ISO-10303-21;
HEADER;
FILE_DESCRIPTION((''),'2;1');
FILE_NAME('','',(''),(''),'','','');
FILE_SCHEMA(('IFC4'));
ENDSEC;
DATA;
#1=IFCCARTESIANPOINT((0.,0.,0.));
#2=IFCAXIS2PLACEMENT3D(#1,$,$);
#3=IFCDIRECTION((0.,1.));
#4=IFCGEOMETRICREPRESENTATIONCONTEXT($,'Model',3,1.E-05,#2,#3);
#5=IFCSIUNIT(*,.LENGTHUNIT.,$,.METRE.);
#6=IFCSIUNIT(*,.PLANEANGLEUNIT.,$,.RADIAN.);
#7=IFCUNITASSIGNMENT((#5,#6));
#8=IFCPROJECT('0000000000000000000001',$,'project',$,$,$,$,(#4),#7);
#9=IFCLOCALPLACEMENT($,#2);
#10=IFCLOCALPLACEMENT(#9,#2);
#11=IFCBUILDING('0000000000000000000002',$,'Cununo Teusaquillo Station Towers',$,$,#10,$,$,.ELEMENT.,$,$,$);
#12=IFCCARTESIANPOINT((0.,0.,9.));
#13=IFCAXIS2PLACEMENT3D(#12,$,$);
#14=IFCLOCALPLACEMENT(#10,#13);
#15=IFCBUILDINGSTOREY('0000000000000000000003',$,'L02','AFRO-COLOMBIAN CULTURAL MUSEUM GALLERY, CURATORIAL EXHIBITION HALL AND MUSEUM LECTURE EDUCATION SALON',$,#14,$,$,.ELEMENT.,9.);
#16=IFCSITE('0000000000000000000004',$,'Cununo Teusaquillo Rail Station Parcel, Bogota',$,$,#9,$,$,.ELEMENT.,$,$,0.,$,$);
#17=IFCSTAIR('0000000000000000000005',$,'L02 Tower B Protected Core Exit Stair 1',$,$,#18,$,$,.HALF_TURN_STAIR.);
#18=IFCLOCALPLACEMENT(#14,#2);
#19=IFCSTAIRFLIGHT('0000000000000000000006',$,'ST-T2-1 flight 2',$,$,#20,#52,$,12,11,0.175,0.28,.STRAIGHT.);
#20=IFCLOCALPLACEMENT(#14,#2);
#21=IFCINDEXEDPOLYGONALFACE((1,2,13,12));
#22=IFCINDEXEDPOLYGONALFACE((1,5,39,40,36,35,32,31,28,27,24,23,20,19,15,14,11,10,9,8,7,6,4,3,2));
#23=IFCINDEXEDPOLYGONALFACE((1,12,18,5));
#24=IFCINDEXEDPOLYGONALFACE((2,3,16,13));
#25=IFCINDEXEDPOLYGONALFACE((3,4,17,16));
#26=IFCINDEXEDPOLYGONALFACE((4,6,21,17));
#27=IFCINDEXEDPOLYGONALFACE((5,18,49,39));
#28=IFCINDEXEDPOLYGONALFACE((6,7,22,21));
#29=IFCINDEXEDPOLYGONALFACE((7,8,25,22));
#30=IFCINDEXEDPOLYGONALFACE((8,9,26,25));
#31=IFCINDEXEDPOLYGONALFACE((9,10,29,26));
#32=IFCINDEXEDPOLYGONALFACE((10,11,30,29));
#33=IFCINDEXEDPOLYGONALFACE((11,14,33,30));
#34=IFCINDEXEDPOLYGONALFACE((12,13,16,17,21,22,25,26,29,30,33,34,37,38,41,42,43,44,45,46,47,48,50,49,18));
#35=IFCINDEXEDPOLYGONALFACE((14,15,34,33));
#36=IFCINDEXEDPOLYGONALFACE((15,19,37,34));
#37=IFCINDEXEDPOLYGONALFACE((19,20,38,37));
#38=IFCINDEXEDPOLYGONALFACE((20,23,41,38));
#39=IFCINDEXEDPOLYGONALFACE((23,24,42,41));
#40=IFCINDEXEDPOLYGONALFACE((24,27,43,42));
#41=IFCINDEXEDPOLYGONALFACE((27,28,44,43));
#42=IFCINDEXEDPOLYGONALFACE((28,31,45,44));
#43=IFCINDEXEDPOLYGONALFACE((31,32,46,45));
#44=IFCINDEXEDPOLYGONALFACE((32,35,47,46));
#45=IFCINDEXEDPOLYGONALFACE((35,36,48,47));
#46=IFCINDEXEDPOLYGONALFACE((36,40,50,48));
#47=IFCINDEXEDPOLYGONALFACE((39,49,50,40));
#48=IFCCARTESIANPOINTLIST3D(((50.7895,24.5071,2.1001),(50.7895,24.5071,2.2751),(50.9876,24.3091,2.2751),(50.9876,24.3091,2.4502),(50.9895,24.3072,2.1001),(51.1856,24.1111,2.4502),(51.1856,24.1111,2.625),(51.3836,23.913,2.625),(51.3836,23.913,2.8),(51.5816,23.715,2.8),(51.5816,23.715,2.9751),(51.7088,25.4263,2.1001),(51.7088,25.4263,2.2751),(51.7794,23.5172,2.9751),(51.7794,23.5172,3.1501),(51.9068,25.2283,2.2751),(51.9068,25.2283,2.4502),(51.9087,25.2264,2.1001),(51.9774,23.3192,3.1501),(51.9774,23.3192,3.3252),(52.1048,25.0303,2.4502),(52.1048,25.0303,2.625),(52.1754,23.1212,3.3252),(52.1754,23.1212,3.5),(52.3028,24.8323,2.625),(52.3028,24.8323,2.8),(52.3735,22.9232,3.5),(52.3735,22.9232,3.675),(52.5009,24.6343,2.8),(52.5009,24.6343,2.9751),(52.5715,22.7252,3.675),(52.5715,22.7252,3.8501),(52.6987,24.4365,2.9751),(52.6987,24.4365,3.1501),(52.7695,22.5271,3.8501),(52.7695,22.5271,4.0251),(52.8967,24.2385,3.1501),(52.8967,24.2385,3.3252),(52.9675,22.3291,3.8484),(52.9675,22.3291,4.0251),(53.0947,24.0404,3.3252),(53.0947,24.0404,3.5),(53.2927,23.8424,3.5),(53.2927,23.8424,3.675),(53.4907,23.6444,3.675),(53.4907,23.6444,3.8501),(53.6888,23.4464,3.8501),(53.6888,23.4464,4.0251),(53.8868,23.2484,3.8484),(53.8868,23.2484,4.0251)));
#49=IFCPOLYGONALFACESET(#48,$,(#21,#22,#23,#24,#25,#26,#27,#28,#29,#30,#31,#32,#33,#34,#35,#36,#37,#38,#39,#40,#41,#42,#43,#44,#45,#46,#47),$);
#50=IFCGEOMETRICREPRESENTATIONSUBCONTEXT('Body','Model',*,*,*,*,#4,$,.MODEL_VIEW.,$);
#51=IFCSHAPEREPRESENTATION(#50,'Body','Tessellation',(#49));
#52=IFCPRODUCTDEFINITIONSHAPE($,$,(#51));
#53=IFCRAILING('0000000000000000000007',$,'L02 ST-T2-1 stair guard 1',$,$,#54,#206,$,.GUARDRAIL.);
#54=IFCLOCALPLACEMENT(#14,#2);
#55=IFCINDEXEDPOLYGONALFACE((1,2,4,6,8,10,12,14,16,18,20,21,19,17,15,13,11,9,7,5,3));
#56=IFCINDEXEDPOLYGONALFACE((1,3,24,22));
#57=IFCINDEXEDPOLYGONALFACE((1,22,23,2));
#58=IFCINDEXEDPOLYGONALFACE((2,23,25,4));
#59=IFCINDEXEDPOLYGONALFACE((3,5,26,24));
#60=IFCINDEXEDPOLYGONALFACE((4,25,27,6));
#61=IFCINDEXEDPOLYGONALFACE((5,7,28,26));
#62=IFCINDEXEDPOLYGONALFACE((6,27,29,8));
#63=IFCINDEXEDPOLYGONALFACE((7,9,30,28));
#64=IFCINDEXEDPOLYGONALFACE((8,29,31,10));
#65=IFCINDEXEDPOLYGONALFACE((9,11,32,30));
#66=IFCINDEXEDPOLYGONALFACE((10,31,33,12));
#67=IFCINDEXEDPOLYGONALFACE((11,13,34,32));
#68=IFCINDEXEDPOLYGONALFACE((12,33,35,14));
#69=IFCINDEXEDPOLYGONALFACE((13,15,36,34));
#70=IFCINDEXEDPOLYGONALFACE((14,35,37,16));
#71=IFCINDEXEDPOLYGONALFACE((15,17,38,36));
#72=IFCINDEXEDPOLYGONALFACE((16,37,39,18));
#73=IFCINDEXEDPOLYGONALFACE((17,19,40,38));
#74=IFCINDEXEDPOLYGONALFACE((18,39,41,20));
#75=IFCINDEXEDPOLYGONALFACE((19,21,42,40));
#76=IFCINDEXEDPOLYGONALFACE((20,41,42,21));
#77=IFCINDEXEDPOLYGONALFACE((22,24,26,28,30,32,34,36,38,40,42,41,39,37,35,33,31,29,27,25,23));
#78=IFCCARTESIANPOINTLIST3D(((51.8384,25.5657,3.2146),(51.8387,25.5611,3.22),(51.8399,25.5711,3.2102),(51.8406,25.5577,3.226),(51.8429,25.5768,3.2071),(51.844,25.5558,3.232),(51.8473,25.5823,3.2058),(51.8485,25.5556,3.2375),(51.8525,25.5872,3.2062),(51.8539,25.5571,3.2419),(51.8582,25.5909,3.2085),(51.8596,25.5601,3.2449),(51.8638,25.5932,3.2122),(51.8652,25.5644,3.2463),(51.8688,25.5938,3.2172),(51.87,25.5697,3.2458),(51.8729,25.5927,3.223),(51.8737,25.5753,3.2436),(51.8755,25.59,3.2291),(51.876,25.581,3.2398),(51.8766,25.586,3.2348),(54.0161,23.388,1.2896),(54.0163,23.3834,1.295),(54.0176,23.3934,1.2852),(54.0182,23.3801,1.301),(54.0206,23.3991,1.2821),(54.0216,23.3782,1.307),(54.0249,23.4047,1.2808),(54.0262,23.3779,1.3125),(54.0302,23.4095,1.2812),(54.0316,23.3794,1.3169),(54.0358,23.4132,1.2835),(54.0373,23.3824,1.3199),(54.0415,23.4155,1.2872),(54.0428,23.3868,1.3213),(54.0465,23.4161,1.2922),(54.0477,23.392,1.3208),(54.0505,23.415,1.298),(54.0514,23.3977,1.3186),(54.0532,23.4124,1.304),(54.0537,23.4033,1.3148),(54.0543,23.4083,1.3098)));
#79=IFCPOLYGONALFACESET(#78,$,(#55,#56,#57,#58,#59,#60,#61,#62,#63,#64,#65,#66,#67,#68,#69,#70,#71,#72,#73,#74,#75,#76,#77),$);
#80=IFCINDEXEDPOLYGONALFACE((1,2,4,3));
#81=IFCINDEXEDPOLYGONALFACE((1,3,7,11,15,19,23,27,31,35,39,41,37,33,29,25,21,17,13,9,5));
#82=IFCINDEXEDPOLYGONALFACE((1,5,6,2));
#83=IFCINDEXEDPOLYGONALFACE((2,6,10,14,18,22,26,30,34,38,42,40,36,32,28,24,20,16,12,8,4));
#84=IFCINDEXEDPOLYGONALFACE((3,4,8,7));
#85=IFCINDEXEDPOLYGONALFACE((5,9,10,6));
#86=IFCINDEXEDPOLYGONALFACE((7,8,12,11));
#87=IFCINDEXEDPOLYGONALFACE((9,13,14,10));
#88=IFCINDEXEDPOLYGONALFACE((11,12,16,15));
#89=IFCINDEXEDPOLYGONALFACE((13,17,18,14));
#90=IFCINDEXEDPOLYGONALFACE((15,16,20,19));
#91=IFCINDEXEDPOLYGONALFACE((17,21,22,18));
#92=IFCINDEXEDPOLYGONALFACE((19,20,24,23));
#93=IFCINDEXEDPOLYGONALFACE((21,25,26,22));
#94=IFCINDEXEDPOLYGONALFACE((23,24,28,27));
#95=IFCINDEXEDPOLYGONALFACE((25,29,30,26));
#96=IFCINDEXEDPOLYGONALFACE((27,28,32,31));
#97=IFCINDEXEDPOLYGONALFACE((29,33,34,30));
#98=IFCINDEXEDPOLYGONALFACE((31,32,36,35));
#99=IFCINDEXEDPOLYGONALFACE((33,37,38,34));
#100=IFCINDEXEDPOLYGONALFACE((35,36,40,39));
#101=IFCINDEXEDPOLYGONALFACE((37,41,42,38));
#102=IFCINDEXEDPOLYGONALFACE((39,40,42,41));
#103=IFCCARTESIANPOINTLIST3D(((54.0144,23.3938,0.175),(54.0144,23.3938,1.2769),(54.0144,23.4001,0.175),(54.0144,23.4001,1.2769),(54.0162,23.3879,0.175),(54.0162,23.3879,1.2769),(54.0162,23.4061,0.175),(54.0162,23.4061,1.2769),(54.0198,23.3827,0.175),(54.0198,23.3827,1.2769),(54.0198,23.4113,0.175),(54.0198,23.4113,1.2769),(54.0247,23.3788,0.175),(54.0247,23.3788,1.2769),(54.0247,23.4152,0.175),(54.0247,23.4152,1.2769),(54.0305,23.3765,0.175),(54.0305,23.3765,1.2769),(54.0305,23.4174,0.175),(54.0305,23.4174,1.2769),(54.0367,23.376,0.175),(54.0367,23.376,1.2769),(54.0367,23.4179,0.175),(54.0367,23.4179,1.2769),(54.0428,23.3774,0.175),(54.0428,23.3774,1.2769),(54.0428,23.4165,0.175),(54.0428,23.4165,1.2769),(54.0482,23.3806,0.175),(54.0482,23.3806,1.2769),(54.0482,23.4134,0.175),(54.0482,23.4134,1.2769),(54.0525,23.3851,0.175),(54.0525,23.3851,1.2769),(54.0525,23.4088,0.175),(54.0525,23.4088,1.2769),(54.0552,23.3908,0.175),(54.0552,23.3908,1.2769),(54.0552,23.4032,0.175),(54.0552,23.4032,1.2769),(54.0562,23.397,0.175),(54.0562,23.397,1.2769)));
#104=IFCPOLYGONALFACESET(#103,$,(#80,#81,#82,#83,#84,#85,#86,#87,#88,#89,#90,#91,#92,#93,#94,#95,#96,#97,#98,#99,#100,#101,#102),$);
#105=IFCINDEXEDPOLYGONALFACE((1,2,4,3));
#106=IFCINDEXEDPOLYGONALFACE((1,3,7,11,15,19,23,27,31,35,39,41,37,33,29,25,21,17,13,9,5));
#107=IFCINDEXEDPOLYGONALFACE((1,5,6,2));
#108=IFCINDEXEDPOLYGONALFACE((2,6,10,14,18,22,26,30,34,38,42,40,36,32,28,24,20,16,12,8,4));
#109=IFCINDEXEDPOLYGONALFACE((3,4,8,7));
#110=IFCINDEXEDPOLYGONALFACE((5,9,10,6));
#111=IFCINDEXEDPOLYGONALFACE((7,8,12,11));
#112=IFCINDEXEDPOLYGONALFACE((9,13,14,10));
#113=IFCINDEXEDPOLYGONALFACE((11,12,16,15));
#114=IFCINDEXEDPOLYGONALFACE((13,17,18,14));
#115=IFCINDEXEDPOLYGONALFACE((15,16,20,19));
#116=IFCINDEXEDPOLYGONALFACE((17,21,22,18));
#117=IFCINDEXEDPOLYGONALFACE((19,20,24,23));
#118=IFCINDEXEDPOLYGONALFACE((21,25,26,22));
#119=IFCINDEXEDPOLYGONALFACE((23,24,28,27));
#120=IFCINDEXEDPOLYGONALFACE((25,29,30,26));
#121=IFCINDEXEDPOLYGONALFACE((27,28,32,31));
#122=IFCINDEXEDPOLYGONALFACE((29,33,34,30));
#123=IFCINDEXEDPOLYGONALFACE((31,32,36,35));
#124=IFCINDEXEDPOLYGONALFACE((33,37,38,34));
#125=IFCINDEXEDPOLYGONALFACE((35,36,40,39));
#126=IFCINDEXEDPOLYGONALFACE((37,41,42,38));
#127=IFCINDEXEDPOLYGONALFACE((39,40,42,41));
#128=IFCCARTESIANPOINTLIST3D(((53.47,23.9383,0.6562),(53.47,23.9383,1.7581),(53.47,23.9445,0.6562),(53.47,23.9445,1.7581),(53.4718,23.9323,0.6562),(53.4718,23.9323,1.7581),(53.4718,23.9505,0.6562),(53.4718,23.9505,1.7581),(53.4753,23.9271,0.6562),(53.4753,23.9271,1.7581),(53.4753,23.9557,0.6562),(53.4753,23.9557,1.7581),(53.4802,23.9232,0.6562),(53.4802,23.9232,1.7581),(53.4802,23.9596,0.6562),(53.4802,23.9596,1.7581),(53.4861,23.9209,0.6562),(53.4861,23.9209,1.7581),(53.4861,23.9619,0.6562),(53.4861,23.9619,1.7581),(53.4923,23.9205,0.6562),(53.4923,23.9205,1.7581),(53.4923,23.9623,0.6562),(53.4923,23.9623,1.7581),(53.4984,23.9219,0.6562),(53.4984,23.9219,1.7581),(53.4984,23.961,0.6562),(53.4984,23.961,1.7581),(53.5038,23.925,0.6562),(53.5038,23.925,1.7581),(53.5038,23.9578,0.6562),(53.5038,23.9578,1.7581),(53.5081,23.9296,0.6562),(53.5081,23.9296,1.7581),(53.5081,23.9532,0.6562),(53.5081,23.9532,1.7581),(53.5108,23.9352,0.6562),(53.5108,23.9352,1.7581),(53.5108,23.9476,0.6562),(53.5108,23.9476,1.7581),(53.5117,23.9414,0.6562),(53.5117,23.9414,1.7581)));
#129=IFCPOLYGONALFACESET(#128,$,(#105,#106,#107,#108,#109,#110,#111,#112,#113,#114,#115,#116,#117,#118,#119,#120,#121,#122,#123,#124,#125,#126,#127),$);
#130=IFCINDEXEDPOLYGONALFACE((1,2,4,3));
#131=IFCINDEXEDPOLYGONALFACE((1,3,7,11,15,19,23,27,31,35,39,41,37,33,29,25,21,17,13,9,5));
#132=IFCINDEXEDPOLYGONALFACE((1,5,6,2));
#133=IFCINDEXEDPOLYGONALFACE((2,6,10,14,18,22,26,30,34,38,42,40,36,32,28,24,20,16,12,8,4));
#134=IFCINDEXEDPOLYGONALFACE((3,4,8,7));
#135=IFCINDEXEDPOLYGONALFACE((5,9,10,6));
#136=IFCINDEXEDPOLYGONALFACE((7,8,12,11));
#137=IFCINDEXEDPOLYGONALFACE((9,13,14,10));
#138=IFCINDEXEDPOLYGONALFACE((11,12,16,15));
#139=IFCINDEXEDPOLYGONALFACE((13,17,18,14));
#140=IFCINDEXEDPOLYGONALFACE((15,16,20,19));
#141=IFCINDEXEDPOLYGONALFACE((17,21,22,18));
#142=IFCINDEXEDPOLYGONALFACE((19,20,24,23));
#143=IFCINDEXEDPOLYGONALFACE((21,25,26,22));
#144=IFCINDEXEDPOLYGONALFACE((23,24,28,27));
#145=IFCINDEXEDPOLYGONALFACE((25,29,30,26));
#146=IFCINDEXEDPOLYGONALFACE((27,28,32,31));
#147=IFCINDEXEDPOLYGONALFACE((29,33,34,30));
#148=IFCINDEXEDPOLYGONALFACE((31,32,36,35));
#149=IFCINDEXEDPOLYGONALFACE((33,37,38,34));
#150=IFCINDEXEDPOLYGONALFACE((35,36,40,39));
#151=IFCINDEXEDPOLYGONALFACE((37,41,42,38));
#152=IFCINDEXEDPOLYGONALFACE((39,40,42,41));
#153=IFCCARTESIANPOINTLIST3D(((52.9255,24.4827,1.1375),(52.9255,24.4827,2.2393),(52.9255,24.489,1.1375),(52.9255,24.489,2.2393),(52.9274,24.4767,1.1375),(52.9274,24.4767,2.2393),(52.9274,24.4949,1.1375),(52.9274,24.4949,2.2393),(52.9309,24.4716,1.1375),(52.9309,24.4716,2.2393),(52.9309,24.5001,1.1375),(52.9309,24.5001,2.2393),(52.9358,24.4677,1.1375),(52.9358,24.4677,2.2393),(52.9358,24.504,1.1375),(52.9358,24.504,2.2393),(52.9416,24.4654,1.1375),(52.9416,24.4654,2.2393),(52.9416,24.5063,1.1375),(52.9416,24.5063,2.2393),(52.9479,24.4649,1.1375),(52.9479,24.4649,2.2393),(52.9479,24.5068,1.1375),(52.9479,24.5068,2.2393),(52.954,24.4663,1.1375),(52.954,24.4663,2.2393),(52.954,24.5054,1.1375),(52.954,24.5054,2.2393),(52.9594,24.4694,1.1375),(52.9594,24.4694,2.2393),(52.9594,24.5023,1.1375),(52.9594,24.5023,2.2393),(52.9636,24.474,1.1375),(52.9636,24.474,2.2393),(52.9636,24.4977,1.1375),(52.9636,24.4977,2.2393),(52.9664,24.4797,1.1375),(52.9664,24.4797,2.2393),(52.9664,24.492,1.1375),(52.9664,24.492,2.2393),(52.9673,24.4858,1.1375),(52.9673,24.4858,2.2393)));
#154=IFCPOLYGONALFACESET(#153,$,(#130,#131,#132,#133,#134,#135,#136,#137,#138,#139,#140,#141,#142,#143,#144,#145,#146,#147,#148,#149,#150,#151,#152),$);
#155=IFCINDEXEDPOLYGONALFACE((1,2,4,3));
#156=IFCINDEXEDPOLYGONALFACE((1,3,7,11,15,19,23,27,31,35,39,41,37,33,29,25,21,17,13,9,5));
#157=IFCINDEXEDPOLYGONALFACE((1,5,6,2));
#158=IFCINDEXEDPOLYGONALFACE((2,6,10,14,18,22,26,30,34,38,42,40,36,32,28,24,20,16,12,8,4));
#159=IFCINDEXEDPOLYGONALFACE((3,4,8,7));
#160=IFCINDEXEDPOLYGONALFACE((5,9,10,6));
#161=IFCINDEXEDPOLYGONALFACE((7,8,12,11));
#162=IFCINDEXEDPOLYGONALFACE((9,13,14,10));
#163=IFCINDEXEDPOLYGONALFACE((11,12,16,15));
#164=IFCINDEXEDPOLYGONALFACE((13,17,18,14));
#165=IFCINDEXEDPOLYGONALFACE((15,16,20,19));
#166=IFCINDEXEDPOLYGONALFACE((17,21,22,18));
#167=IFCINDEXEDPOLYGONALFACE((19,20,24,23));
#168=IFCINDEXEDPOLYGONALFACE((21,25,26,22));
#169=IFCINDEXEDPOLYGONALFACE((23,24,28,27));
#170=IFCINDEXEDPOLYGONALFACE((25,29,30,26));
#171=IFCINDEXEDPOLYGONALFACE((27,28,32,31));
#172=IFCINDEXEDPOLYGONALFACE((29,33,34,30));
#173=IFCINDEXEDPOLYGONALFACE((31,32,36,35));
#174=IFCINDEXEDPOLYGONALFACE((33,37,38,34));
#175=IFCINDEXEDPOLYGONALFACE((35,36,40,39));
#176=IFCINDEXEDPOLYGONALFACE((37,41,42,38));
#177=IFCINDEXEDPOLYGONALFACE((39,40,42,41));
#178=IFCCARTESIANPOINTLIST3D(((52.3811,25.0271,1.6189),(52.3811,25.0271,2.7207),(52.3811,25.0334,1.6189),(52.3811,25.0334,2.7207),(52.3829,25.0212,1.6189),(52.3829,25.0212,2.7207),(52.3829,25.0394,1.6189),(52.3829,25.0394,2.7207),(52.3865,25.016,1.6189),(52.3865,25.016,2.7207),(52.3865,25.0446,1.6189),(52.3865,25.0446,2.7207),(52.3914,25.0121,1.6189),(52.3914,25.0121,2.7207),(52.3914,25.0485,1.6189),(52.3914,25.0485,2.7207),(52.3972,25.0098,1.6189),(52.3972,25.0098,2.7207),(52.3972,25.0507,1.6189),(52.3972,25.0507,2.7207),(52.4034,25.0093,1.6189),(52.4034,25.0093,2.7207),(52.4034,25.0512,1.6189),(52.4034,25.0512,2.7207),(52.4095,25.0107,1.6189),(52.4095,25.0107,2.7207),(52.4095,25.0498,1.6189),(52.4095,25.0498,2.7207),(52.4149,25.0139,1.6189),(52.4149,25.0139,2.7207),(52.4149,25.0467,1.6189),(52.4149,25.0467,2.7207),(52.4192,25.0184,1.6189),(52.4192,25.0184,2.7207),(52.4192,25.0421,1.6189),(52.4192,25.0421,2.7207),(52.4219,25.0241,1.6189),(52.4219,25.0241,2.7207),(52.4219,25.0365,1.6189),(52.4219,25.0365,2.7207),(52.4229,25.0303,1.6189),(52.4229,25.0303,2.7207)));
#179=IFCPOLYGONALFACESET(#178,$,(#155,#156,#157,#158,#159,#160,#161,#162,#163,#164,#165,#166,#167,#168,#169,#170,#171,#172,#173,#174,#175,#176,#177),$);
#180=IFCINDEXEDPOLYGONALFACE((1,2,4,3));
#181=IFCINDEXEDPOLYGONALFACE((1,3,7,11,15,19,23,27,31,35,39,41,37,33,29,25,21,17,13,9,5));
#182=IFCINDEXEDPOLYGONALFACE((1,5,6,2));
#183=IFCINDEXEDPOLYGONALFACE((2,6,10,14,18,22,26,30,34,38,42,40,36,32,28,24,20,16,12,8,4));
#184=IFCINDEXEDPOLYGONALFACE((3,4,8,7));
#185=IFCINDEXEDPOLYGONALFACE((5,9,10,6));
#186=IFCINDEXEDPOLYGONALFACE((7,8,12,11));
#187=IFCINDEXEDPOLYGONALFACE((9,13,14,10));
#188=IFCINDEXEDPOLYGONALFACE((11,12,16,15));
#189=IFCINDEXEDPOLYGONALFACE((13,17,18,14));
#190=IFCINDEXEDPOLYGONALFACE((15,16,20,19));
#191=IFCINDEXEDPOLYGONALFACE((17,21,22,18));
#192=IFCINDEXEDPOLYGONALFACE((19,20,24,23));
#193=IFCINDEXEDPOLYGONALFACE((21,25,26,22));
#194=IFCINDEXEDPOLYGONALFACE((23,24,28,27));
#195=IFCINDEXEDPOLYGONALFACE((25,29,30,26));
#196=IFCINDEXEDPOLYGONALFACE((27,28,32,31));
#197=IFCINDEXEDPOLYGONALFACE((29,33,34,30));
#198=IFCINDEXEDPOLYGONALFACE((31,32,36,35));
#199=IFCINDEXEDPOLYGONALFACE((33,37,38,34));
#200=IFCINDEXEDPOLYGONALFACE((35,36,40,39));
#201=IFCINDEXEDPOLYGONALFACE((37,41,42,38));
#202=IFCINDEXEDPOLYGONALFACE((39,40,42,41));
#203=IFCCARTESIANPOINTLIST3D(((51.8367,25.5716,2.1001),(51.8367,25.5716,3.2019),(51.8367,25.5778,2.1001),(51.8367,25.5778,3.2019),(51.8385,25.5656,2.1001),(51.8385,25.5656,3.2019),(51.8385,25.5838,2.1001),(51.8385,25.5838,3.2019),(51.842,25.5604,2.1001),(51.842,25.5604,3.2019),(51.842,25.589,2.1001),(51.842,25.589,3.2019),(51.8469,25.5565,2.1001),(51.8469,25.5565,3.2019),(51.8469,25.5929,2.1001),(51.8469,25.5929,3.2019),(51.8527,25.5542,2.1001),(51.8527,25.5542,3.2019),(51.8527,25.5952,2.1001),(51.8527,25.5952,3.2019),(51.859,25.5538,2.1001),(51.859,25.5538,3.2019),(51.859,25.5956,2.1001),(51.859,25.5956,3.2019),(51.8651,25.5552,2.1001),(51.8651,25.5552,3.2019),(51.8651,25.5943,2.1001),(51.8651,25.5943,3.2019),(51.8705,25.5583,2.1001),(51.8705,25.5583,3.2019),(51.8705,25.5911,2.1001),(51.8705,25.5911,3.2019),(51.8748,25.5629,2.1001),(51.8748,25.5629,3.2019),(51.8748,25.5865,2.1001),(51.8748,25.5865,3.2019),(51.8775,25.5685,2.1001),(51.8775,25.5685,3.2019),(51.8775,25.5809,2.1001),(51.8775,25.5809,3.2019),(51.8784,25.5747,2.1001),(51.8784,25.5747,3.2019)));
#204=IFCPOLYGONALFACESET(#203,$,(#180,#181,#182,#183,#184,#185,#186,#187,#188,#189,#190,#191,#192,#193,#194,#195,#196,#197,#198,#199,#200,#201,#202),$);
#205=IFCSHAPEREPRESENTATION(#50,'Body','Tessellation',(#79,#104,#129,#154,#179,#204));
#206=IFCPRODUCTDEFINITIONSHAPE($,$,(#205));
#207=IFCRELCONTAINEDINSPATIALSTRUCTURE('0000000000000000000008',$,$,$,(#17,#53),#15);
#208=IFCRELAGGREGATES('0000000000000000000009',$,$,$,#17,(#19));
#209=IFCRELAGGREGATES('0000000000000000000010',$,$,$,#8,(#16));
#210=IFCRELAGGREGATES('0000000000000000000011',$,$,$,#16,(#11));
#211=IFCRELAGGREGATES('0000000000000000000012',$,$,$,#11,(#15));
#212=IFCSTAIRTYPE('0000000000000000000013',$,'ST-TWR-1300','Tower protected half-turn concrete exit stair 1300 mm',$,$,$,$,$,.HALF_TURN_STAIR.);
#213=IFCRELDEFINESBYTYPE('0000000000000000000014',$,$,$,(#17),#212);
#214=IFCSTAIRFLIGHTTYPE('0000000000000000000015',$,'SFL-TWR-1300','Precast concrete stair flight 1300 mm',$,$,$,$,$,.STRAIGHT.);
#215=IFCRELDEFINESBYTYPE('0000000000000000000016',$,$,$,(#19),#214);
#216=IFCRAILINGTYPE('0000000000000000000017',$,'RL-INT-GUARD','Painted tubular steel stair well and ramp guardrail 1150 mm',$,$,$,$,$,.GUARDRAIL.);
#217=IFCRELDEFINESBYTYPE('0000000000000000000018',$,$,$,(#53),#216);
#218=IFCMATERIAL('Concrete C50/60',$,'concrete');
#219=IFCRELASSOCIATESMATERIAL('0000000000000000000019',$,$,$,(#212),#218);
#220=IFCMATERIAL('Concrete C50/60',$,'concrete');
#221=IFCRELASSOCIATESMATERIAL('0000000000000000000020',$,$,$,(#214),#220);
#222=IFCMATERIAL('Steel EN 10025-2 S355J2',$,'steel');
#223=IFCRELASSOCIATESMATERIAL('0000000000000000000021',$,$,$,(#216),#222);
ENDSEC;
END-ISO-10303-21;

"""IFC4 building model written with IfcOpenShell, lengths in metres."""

from ifc_helpers import new_model, si_unit, direction, frame, origin, origin_2d, place, context, subcontext, project, spatial, polyline, circle, outline, extrude, material, type_object, element, aggregate, save


model = new_model("IFC4")

# Units and contexts
model_context = context("Model", 3, precision=1e-05, world=origin(), true_north=direction((0.0, 1.0)))
body_context = subcontext(model_context, "Body", "Model", "MODEL_VIEW")
ifc_project = project(units=[si_unit("LENGTHUNIT", "METRE"), si_unit("PLANEANGLEUNIT", "RADIAN")], contexts=[model_context])

# Site, building, storey
site_placement = place(None, origin())
site = spatial("IfcSite", under=ifc_project, at=site_placement, Name="Cununo Teusaquillo Rail Station Parcel, Bogota", CompositionType="ELEMENT", RefElevation=0.0)
building_placement = place(site_placement, origin())
building = spatial("IfcBuilding", under=site, at=building_placement, Name="Cununo Teusaquillo Station Towers", CompositionType="ELEMENT")
storey_placement = place(building_placement, frame((0.0, 0.0, 9.0)))
storey = spatial("IfcBuildingStorey", under=building, at=storey_placement, Name="L02", Description="AFRO-COLOMBIAN CULTURAL MUSEUM GALLERY, CURATORIAL EXHIBITION HALL AND MUSEUM LECTURE EDUCATION SALON", CompositionType="ELEMENT", Elevation=9.0)

# Stair, stair flight
ifc_material_1 = material(Name="Concrete C50/60", Category="concrete")
stair_type = type_object("IfcStairType", Name="ST-TWR-1300", Description="Tower protected half-turn concrete exit stair 1300 mm", PredefinedType="HALF_TURN_STAIR", material=ifc_material_1)
stair_placement = place(storey_placement, origin())
stair = element("IfcStair", 1, at=stair_placement, inside=storey, type_object=stair_type, Name="L02 Tower B Protected Core Exit Stair 1", PredefinedType="HALF_TURN_STAIR")
ifc_material_2 = material(Name="Concrete C50/60", Category="concrete")
stair_flight_type = type_object("IfcStairFlightType", Name="SFL-TWR-1300", Description="Precast concrete stair flight 1300 mm", PredefinedType="STRAIGHT", material=ifc_material_2)
stair_flight_1_placement = place(storey_placement, frame((51.2493, 24.9668, 2.1001), z_axis=(0.0, 0.0, 1.0), x_axis=(0.707107, -0.707107, 0.0)))
stair_flight_1 = element("IfcStairFlight", 2, at=stair_flight_1_placement, type_object=stair_flight_type, Name="ST-T2-1 flight 2", NumberOfRisers=12, NumberOfTreads=11, PredefinedType="STRAIGHT", RiserHeight=0.175, TreadLength=0.28, context=body_context, shape_type="SweptSolid", body=[
    extrude(outline(polyline([(0.0, 0.0), (0.0, 0.175), (0.28, 0.175), (0.28, 0.3501), (0.5601, 0.3501), (0.5601, 0.5249), (0.8401, 0.5249), (0.8401, 0.7), (1.1201, 0.7), (1.1201, 0.875), (1.3999, 0.875), (1.3999, 1.05), (1.6799, 1.05), (1.6799, 1.2251), (1.96, 1.2251), (1.96, 1.3999), (2.24, 1.3999), (2.24, 1.575), (2.52, 1.575), (2.52, 1.75), (2.8, 1.75), (2.8, 1.925), (3.0801, 1.925), (3.0801, 2.1001), (3.0801, 1.7483), (0.2827, 0.0), (0.0, 0.0)])), frame((0.0, 0.6499, 0.0), z_axis=(0.0, -1.0, 0.0), x_axis=(1.0, 0.0, 0.0)), (0.0, 0.0, 1.0), 1.3),
])
aggregate(stair, [stair_flight_1])

# Railing
ifc_material_3 = material(Name="Steel EN 10025-2 S355J2", Category="steel")
railing_type_1 = type_object("IfcRailingType", Name="RL-INT-GUARD", Description="Painted tubular steel stair well and ramp guardrail 1150 mm", PredefinedType="GUARDRAIL", material=ifc_material_3)
railing_1_placement = place(storey_placement, frame((54.0352, 23.397, 0.175)))
element("IfcRailing", 3, at=railing_1_placement, inside=storey, type_object=railing_type_1, Name="L02 ST-T2-1 stair guard 1", PredefinedType="GUARDRAIL", context=body_context, shape_type="SweptSolid", body=[
    extrude(circle(Radius=0.0239, at=origin_2d()), frame((0.0, 0.0, 1.126), z_axis=(-0.599609, 0.599609, 0.530036), x_axis=(-0.707107, -0.707107, 0.0)), (0.0, 0.0, 1.0), 3.6318),
    extrude(circle(Radius=0.021, at=origin_2d()), origin(), (0.0, 0.0, 1.0), 1.1018),
    extrude(circle(Radius=0.021, at=origin_2d()), frame((-0.5444, 0.5444, 0.4812)), (0.0, 0.0, 1.0), 1.1018),
    extrude(circle(Radius=0.021, at=origin_2d()), frame((-1.0889, 1.0889, 0.9624)), (0.0, 0.0, 1.0), 1.1018),
    extrude(circle(Radius=0.021, at=origin_2d()), frame((-1.6333, 1.6333, 1.4438)), (0.0, 0.0, 1.0), 1.1018),
    extrude(circle(Radius=0.021, at=origin_2d()), frame((-2.1777, 2.1777, 1.925)), (0.0, 0.0, 1.0), 1.1018),
])

save(model, "model.ifc")
